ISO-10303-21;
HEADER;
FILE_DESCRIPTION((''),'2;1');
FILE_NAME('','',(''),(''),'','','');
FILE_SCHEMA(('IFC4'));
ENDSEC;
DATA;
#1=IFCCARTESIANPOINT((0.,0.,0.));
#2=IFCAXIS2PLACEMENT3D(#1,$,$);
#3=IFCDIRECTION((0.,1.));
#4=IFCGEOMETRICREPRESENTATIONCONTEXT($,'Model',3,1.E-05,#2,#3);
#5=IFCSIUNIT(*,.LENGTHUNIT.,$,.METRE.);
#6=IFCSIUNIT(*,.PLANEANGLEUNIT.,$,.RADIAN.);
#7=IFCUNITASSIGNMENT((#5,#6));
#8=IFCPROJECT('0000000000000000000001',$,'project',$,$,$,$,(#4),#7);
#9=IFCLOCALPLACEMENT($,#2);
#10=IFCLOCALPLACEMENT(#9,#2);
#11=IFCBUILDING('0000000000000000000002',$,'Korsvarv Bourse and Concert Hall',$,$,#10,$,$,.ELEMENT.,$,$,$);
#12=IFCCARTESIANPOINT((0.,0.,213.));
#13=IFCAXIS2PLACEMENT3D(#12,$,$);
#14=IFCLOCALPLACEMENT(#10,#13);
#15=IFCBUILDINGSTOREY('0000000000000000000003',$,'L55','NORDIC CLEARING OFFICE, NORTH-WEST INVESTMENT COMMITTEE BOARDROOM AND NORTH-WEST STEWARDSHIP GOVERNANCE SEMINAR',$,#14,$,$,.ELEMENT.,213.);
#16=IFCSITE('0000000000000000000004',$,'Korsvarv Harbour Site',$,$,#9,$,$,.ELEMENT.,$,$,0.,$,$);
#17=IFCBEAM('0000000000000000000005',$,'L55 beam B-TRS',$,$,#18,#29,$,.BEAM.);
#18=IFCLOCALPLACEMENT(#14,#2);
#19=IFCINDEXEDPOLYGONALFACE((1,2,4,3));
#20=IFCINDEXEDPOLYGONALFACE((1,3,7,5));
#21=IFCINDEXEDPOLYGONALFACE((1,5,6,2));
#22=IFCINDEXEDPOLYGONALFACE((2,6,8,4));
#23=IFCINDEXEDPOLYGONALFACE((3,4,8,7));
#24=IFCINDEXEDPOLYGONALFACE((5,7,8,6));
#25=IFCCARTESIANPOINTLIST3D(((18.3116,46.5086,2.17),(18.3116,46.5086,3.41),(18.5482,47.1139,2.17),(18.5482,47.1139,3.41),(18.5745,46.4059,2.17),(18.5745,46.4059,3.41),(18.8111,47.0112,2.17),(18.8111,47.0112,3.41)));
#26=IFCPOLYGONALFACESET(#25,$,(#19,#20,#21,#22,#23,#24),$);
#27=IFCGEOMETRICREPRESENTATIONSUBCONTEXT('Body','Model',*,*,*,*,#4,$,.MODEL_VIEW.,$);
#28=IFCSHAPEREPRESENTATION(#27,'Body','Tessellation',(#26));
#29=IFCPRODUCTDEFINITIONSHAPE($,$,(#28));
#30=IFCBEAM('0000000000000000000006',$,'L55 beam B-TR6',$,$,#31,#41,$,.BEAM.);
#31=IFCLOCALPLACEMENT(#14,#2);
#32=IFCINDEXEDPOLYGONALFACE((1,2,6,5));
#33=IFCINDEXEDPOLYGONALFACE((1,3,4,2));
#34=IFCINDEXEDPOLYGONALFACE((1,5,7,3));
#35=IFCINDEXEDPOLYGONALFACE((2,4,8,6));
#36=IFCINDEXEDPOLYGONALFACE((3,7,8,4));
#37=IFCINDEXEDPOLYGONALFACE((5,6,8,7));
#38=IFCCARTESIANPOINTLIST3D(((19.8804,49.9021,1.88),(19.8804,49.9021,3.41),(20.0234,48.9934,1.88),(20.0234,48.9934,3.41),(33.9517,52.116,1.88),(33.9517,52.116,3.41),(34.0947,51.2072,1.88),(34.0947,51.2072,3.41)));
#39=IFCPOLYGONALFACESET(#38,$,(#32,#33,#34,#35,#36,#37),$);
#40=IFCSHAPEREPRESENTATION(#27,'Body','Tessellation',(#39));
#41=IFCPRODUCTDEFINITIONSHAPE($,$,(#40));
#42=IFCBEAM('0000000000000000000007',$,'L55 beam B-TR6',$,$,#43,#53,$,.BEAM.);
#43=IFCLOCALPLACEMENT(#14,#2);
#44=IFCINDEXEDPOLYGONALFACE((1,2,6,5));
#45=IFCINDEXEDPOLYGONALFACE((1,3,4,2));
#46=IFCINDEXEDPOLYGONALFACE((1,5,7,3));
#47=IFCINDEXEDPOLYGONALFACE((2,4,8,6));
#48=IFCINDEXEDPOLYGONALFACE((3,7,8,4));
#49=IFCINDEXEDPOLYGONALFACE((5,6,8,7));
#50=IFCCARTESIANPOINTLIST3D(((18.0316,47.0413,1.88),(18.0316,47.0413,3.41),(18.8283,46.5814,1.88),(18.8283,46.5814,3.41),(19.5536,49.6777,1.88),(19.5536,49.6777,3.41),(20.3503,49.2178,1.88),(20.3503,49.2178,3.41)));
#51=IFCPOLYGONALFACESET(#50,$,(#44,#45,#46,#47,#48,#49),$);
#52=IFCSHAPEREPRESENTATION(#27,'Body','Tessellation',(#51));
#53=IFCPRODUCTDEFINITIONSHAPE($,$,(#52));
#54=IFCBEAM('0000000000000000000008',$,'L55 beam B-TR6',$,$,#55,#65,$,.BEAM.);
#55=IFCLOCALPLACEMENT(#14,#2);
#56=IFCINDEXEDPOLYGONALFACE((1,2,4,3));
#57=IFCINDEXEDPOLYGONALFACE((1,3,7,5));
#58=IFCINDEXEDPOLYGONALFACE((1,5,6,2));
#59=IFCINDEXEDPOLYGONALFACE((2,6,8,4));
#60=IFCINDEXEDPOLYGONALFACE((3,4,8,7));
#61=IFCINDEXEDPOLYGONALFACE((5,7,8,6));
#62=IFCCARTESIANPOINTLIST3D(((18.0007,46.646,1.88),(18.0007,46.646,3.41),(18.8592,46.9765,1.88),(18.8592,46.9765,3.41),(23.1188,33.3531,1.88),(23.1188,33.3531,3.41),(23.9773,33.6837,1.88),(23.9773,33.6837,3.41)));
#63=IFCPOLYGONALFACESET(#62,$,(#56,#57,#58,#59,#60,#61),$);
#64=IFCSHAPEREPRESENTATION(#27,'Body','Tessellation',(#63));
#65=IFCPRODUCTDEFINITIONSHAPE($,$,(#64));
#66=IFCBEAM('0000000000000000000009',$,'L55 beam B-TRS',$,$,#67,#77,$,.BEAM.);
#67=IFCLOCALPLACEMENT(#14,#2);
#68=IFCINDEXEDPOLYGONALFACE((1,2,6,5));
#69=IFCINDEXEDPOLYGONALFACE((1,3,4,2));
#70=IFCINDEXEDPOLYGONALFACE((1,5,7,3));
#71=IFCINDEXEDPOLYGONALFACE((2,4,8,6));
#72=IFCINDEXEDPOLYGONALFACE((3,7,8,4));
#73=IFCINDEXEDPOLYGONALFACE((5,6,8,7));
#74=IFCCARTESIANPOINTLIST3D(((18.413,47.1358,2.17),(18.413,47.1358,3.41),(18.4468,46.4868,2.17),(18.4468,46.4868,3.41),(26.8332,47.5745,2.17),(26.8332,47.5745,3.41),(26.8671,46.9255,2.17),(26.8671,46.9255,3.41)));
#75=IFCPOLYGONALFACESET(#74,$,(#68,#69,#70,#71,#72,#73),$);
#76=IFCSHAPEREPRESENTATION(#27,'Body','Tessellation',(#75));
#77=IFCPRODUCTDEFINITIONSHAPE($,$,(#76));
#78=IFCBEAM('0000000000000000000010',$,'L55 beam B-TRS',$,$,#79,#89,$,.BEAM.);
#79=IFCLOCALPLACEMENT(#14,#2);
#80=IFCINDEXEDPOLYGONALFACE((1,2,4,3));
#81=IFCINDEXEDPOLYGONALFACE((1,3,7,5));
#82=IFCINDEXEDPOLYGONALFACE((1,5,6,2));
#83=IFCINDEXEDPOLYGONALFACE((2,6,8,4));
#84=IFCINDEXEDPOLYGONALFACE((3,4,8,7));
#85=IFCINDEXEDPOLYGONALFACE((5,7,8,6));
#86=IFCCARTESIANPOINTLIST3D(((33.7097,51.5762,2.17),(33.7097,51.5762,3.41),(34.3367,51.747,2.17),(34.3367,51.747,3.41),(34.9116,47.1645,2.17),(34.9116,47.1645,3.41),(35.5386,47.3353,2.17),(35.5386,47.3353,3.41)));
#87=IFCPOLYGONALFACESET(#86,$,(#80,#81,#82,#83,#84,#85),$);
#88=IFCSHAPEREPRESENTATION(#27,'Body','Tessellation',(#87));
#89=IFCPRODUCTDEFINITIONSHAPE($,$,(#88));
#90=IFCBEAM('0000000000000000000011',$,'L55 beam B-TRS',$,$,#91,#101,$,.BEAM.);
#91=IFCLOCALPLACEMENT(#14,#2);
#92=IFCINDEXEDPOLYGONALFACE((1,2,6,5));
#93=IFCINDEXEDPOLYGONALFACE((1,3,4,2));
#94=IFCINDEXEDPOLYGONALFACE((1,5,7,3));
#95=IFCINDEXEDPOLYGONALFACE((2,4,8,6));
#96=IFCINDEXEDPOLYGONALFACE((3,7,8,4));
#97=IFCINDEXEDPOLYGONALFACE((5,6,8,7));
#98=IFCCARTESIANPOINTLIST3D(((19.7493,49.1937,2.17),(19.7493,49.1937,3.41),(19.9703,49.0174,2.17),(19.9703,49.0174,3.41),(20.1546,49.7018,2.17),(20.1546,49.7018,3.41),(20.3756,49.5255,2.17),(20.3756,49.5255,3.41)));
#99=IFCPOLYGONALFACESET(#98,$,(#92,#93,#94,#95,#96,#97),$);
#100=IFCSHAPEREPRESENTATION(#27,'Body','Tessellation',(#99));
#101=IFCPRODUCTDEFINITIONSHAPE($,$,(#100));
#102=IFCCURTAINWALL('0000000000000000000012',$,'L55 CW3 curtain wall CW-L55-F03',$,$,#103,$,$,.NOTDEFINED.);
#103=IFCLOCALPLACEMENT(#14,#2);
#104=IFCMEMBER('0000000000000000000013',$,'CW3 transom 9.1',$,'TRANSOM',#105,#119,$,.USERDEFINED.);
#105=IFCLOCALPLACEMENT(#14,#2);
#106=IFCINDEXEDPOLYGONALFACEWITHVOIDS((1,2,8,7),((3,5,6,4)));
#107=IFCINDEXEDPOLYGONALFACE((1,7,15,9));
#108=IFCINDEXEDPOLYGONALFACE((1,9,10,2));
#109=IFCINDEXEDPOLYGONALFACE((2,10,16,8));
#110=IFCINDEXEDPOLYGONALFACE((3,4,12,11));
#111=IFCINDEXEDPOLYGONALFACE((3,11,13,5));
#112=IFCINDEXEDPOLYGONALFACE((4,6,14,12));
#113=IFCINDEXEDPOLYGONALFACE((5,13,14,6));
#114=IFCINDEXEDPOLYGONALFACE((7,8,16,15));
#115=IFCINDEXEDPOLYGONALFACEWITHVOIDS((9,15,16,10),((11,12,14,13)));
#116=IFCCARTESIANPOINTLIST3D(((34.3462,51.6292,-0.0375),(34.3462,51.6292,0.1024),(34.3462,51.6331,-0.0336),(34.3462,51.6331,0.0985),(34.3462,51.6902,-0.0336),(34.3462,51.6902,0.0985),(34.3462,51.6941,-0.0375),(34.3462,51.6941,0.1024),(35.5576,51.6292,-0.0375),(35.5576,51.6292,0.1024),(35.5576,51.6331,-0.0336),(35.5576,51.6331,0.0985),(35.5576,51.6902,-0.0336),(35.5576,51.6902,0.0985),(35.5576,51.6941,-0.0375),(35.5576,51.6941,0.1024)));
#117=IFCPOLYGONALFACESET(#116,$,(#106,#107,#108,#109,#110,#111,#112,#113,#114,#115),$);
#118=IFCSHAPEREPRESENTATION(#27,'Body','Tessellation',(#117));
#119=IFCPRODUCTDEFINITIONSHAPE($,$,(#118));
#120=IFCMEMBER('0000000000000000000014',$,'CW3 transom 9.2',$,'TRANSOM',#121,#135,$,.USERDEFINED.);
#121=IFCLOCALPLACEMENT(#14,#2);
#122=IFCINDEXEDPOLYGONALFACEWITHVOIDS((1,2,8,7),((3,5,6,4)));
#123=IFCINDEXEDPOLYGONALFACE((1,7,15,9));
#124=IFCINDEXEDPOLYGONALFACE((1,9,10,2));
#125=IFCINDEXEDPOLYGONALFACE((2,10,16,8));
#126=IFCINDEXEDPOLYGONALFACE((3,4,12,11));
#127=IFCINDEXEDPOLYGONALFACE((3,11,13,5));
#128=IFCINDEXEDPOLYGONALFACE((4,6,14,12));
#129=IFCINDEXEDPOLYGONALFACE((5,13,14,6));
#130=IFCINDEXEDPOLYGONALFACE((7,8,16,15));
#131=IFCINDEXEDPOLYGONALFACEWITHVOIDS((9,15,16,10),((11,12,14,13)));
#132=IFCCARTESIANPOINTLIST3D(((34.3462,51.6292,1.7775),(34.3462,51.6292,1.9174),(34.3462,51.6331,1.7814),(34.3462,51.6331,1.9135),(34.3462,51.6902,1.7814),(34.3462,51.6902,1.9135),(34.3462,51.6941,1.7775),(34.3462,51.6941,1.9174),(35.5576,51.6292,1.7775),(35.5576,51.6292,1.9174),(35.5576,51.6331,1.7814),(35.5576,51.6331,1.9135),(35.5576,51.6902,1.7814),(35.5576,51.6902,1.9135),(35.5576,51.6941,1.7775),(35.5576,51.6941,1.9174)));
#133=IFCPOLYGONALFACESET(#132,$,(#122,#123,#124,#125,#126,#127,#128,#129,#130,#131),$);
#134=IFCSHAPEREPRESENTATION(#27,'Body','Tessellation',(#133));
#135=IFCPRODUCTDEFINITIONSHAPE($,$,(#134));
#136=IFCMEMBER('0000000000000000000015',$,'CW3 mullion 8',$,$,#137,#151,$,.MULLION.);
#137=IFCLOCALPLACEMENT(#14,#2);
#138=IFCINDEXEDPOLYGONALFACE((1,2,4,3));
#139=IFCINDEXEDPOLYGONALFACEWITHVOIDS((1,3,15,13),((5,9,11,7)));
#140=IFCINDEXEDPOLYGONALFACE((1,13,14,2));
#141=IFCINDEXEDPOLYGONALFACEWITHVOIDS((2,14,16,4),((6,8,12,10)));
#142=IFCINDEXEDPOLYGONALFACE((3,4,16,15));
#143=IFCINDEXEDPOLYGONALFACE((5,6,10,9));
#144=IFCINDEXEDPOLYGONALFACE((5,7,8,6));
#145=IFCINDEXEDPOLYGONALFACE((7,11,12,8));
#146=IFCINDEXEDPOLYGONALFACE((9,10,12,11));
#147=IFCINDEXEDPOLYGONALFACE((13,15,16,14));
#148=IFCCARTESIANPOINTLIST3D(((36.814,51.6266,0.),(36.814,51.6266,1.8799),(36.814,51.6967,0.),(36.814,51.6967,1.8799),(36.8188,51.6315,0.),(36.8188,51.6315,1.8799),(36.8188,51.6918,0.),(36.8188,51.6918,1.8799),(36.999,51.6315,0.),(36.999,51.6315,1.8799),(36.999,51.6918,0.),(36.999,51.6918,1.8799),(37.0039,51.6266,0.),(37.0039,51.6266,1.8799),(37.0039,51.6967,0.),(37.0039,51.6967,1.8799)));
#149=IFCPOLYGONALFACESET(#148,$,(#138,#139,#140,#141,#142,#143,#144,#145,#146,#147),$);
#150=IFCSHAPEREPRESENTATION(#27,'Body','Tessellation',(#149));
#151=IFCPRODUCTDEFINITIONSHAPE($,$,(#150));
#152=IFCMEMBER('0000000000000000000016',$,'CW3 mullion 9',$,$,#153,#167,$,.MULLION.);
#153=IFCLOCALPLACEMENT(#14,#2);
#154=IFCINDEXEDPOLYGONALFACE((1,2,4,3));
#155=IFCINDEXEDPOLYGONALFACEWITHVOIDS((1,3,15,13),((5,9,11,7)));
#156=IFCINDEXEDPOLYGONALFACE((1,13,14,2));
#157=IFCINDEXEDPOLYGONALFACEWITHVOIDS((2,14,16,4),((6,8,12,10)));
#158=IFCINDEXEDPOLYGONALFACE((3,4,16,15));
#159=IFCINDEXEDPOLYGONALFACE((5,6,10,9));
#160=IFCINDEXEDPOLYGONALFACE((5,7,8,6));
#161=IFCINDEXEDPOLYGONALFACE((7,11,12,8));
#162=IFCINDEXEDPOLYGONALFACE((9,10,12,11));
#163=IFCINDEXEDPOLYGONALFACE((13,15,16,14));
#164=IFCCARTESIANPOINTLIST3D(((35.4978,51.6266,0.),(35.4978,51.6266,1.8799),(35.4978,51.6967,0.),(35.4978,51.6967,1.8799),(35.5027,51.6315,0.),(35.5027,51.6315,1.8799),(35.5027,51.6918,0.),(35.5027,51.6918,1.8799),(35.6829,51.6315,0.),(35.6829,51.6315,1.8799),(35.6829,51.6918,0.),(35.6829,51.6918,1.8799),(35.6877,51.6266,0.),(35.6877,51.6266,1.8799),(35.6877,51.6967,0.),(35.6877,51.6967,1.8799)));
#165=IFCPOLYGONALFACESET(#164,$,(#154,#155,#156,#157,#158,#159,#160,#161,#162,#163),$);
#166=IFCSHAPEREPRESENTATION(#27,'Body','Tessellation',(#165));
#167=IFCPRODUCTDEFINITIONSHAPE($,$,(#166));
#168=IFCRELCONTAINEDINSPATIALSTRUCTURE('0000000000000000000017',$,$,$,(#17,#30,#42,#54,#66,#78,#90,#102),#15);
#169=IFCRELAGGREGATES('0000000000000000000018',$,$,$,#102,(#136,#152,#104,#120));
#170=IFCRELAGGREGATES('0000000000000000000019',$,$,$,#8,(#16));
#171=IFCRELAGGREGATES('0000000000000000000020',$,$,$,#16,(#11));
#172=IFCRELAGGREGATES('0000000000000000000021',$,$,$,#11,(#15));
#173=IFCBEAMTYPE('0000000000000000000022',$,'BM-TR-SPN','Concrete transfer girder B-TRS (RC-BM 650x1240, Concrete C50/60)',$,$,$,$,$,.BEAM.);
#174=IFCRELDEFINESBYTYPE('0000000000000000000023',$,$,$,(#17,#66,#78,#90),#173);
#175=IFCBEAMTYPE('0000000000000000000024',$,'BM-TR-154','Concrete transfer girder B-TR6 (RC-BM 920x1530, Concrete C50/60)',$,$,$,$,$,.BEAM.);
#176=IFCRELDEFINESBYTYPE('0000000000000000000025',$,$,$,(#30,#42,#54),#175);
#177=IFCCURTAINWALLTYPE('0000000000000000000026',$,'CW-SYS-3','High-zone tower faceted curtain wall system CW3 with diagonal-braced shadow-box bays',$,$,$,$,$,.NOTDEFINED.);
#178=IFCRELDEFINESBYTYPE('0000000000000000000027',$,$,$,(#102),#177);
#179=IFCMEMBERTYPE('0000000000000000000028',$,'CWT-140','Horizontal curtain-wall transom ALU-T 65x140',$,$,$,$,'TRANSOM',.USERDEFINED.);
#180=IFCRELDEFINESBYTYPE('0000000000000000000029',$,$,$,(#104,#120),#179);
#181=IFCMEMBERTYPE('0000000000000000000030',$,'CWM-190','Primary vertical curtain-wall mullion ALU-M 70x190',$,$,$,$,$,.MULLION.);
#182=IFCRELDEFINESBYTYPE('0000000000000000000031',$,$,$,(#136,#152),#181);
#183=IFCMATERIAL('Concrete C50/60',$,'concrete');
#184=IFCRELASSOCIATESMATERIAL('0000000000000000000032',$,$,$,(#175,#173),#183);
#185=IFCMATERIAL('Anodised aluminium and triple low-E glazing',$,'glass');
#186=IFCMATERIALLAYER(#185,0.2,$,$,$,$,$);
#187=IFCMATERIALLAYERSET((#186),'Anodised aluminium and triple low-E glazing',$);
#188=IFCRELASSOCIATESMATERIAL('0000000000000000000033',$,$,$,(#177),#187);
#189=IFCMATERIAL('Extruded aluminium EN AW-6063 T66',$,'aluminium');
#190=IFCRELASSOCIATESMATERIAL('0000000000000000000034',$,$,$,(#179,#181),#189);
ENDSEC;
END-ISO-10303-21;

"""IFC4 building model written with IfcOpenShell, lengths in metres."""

from ifc_helpers import new_model, si_unit, direction, frame, origin, origin_2d, place, context, subcontext, project, spatial, rectangle, hollow_rectangle, extrude, source, transform, mapped, material, layer, layer_set, material_profile, profile_set, type_object, element, aggregate, save


model = new_model("IFC4")

# Units and contexts
model_context = context("Model", 3, precision=1e-05, world=origin(), true_north=direction((0.0, 1.0)))
body_context = subcontext(model_context, "Body", "Model", "MODEL_VIEW")
ifc_project = project(units=[si_unit("LENGTHUNIT", "METRE"), si_unit("PLANEANGLEUNIT", "RADIAN")], contexts=[model_context])

# Site, building, storey
site_placement = place(None, origin())
site = spatial("IfcSite", under=ifc_project, at=site_placement, Name="Korsvarv Harbour Site", CompositionType="ELEMENT", RefElevation=0.0)
building_placement = place(site_placement, origin())
building = spatial("IfcBuilding", under=site, at=building_placement, Name="Korsvarv Bourse and Concert Hall", CompositionType="ELEMENT")
storey_placement = place(building_placement, frame((0.0, 0.0, 213.0)))
storey = spatial("IfcBuildingStorey", under=building, at=storey_placement, Name="L55", Description="NORDIC CLEARING OFFICE, NORTH-WEST INVESTMENT COMMITTEE BOARDROOM AND NORTH-WEST STEWARDSHIP GOVERNANCE SEMINAR", CompositionType="ELEMENT", Elevation=213.0)

# Beams
ifc_material_1 = material(Name="Concrete C50/60", Category="concrete")
ifc_material_profile_1 = material_profile(ifc_material_1, rectangle(XDim=0.9199, YDim=1.53, at=origin_2d()), Name="RC-BM 920x1530")
ifc_profile_set_1 = profile_set([ifc_material_profile_1], Name="Concrete C50/60")
beam_type_1 = type_object("IfcBeamType", Name="BM-TR-154", Description="Concrete transfer girder B-TR6 (RC-BM 920x1530, Concrete C50/60)", PredefinedType="BEAM", material=ifc_profile_set_1)
ifc_material_profile_2 = material_profile(ifc_material_1, rectangle(XDim=0.6499, YDim=1.24, at=origin_2d()), Name="RC-BM 650x1240")
ifc_profile_set_2 = profile_set([ifc_material_profile_2], Name="Concrete C50/60")
beam_type_2 = type_object("IfcBeamType", Name="BM-TR-SPN", Description="Concrete transfer girder B-TRS (RC-BM 650x1240, Concrete C50/60)", PredefinedType="BEAM", material=ifc_profile_set_2)
shared_shape_1 = source(origin(), body_context, "Body", "SweptSolid", [
    extrude(rectangle(XDim=0.6499, YDim=1.24, at=origin_2d()), origin(), (0.0, 0.0, 1.0), 0.2822),
])
beam_1_placement = place(storey_placement, frame((18.4299, 46.8113, 2.79), z_axis=(0.93137, -0.364073, 0.0), x_axis=(0.364073, 0.93137, 0.0)))
element("IfcBeam", 1, at=beam_1_placement, inside=storey, type_object=beam_type_2, Name="L55 beam B-TRS", PredefinedType="BEAM", context=body_context, shape_type="MappedRepresentation", body=[
    mapped(shared_shape_1, transform((0.0, 0.0, 0.0), scale=1.0)),
])
shared_shape_2 = source(origin(), body_context, "Body", "SweptSolid", [
    extrude(rectangle(XDim=0.9199, YDim=1.53, at=origin_2d()), origin(), (0.0, 0.0, 1.0), 14.2444),
])
beam_2_placement = place(storey_placement, frame((34.0232, 51.6616, 2.645), z_axis=(-0.987848, -0.15542, 0.0), x_axis=(0.15542, -0.987848, 0.0)))
element("IfcBeam", 2, at=beam_2_placement, inside=storey, type_object=beam_type_1, Name="L55 beam B-TR6", PredefinedType="BEAM", context=body_context, shape_type="MappedRepresentation", body=[
    mapped(shared_shape_2, transform((0.0, 0.0, 0.0), scale=1.0)),
])
shared_shape_3 = source(origin(), body_context, "Body", "SweptSolid", [
    extrude(rectangle(XDim=0.9199, YDim=1.53, at=origin_2d()), origin(), (0.0, 0.0, 1.0), 3.0442),
])
beam_3_placement = place(storey_placement, frame((19.9519, 49.4478, 2.645), z_axis=(-0.499952, -0.866053, 0.0), x_axis=(0.866053, -0.499952, 0.0)))
element("IfcBeam", 3, at=beam_3_placement, inside=storey, type_object=beam_type_1, Name="L55 beam B-TR6", PredefinedType="BEAM", context=body_context, shape_type="MappedRepresentation", body=[
    mapped(shared_shape_3, transform((0.0, 0.0, 0.0), scale=1.0)),
])
shared_shape_4 = source(origin(), body_context, "Body", "SweptSolid", [
    extrude(rectangle(XDim=0.9199, YDim=1.53, at=origin_2d()), origin(), (0.0, 0.0, 1.0), 14.2441),
])
beam_4_placement = place(storey_placement, frame((18.4299, 46.8113, 2.645), z_axis=(0.359314, -0.933217, 0.0), x_axis=(0.933217, 0.359314, 0.0)))
element("IfcBeam", 4, at=beam_4_placement, inside=storey, type_object=beam_type_1, Name="L55 beam B-TR6", PredefinedType="BEAM", context=body_context, shape_type="MappedRepresentation", body=[
    mapped(shared_shape_4, transform((0.0, 0.0, 0.0), scale=1.0)),
])
shared_shape_5 = source(origin(), body_context, "Body", "SweptSolid", [
    extrude(rectangle(XDim=0.6499, YDim=1.24, at=origin_2d()), origin(), (0.0, 0.0, 1.0), 8.4316),
])
beam_5_placement = place(storey_placement, frame((18.4299, 46.8113, 2.79), z_axis=(0.998645, 0.052033, 0.0), x_axis=(-0.052033, 0.998645, 0.0)))
element("IfcBeam", 5, at=beam_5_placement, inside=storey, type_object=beam_type_2, Name="L55 beam B-TRS", PredefinedType="BEAM", context=body_context, shape_type="MappedRepresentation", body=[
    mapped(shared_shape_5, transform((0.0, 0.0, 0.0), scale=1.0)),
])
shared_shape_6 = source(origin(), body_context, "Body", "SweptSolid", [
    extrude(rectangle(XDim=0.6499, YDim=1.24, at=origin_2d()), origin(), (0.0, 0.0, 1.0), 4.5725),
])
beam_6_placement = place(storey_placement, frame((34.0232, 51.6616, 2.79), z_axis=(0.26286, -0.964834, 0.0), x_axis=(0.964834, 0.26286, 0.0)))
element("IfcBeam", 6, at=beam_6_placement, inside=storey, type_object=beam_type_2, Name="L55 beam B-TRS", PredefinedType="BEAM", context=body_context, shape_type="MappedRepresentation", body=[
    mapped(shared_shape_6, transform((0.0, 0.0, 0.0), scale=1.0)),
])
shared_shape_7 = source(origin(), body_context, "Body", "SweptSolid", [
    extrude(rectangle(XDim=0.6499, YDim=1.24, at=origin_2d()), origin(), (0.0, 0.0, 1.0), 0.2827),
])
beam_7_placement = place(storey_placement, frame((19.9519, 49.4478, 2.79), z_axis=(0.781711, -0.623641, 0.0), x_axis=(0.623641, 0.781711, 0.0)))
element("IfcBeam", 7, at=beam_7_placement, inside=storey, type_object=beam_type_2, Name="L55 beam B-TRS", PredefinedType="BEAM", context=body_context, shape_type="MappedRepresentation", body=[
    mapped(shared_shape_7, transform((0.0, 0.0, 0.0), scale=1.0)),
])

# Curtain wall, members
ifc_material_2 = material(Name="Anodised aluminium and triple low-E glazing", Category="glass")
ifc_layer_1 = layer(ifc_material_2, 0.2)
ifc_layer_set_1 = layer_set([ifc_layer_1], Name="Anodised aluminium and triple low-E glazing")
curtain_wall_type = type_object("IfcCurtainWallType", Name="CW-SYS-3", Description="High-zone tower faceted curtain wall system CW3 with diagonal-braced shadow-box bays", PredefinedType="NOTDEFINED", material=ifc_layer_set_1)
curtain_wall_placement = place(storey_placement, origin())
curtain_wall = element("IfcCurtainWall", 8, at=curtain_wall_placement, inside=storey, type_object=curtain_wall_type, Name="L55 CW3 curtain wall CW-L55-F03", PredefinedType="NOTDEFINED")
ifc_material_3 = material(Name="Extruded aluminium EN AW-6063 T66", Category="aluminium")
ifc_material_profile_3 = material_profile(ifc_material_3, hollow_rectangle(XDim=0.0649, YDim=0.1399, WallThickness=0.0039, at=origin_2d()), Name="ALU-T 65x140")
ifc_profile_set_3 = profile_set([ifc_material_profile_3], Name="Extruded aluminium EN AW-6063 T66")
member_type_1 = type_object("IfcMemberType", Name="CWT-140", Description="Horizontal curtain-wall transom ALU-T 65x140", ElementType="TRANSOM", PredefinedType="USERDEFINED", material=ifc_profile_set_3)
shared_shape_8 = source(origin(), body_context, "Body", "SweptSolid", [
    extrude(hollow_rectangle(XDim=0.0649, YDim=0.1399, WallThickness=0.0039, at=origin_2d()), origin(), (0.0, 0.0, 1.0), 1.2114),
])
member_1_placement = place(storey_placement, frame((35.5576, 51.6616, 0.0325), z_axis=(-1.0, 0.0, 0.0), x_axis=(0.0, -1.0, 0.0)))
member_1 = element("IfcMember", 9, at=member_1_placement, type_object=member_type_1, Name="CW3 transom 9.1", ObjectType="TRANSOM", PredefinedType="USERDEFINED", context=body_context, shape_type="MappedRepresentation", body=[
    mapped(shared_shape_8, transform((0.0, 0.0, 0.0), scale=1.0)),
])
member_2_placement = place(storey_placement, frame((35.5576, 51.6616, 1.8474), z_axis=(-1.0, 0.0, 0.0), x_axis=(0.0, -1.0, 0.0)))
member_2 = element("IfcMember", 10, at=member_2_placement, type_object=member_type_1, Name="CW3 transom 9.2", ObjectType="TRANSOM", PredefinedType="USERDEFINED", context=body_context, shape_type="MappedRepresentation", body=[
    mapped(shared_shape_8, transform((0.0, 0.0, 0.0), scale=1.0)),
])
ifc_material_profile_4 = material_profile(ifc_material_3, hollow_rectangle(XDim=0.0701, YDim=0.1899, WallThickness=0.0049, at=origin_2d()), Name="ALU-M 70x190")
ifc_profile_set_4 = profile_set([ifc_material_profile_4], Name="Extruded aluminium EN AW-6063 T66")
member_type_2 = type_object("IfcMemberType", Name="CWM-190", Description="Primary vertical curtain-wall mullion ALU-M 70x190", PredefinedType="MULLION", material=ifc_profile_set_4)
shared_shape_9 = source(origin(), body_context, "Body", "SweptSolid", [
    extrude(hollow_rectangle(XDim=0.0701, YDim=0.1899, WallThickness=0.0049, at=origin_2d()), origin(), (0.0, 0.0, 1.0), 1.8799),
])
member_3_placement = place(storey_placement, frame((36.9089, 51.6616, 0.0), z_axis=(0.0, 0.0, 1.0), x_axis=(0.0, -1.0, 0.0)))
member_3 = element("IfcMember", 11, at=member_3_placement, type_object=member_type_2, Name="CW3 mullion 8", PredefinedType="MULLION", context=body_context, shape_type="MappedRepresentation", body=[
    mapped(shared_shape_9, transform((0.0, 0.0, 0.0), scale=1.0)),
])
member_4_placement = place(storey_placement, frame((35.5928, 51.6616, 0.0), z_axis=(0.0, 0.0, 1.0), x_axis=(0.0, -1.0, 0.0)))
member_4 = element("IfcMember", 12, at=member_4_placement, type_object=member_type_2, Name="CW3 mullion 9", PredefinedType="MULLION", context=body_context, shape_type="MappedRepresentation", body=[
    mapped(shared_shape_9, transform((0.0, 0.0, 0.0), scale=1.0)),
])
aggregate(curtain_wall, [member_3, member_4, member_1, member_2])

save(model, "model.ifc")
